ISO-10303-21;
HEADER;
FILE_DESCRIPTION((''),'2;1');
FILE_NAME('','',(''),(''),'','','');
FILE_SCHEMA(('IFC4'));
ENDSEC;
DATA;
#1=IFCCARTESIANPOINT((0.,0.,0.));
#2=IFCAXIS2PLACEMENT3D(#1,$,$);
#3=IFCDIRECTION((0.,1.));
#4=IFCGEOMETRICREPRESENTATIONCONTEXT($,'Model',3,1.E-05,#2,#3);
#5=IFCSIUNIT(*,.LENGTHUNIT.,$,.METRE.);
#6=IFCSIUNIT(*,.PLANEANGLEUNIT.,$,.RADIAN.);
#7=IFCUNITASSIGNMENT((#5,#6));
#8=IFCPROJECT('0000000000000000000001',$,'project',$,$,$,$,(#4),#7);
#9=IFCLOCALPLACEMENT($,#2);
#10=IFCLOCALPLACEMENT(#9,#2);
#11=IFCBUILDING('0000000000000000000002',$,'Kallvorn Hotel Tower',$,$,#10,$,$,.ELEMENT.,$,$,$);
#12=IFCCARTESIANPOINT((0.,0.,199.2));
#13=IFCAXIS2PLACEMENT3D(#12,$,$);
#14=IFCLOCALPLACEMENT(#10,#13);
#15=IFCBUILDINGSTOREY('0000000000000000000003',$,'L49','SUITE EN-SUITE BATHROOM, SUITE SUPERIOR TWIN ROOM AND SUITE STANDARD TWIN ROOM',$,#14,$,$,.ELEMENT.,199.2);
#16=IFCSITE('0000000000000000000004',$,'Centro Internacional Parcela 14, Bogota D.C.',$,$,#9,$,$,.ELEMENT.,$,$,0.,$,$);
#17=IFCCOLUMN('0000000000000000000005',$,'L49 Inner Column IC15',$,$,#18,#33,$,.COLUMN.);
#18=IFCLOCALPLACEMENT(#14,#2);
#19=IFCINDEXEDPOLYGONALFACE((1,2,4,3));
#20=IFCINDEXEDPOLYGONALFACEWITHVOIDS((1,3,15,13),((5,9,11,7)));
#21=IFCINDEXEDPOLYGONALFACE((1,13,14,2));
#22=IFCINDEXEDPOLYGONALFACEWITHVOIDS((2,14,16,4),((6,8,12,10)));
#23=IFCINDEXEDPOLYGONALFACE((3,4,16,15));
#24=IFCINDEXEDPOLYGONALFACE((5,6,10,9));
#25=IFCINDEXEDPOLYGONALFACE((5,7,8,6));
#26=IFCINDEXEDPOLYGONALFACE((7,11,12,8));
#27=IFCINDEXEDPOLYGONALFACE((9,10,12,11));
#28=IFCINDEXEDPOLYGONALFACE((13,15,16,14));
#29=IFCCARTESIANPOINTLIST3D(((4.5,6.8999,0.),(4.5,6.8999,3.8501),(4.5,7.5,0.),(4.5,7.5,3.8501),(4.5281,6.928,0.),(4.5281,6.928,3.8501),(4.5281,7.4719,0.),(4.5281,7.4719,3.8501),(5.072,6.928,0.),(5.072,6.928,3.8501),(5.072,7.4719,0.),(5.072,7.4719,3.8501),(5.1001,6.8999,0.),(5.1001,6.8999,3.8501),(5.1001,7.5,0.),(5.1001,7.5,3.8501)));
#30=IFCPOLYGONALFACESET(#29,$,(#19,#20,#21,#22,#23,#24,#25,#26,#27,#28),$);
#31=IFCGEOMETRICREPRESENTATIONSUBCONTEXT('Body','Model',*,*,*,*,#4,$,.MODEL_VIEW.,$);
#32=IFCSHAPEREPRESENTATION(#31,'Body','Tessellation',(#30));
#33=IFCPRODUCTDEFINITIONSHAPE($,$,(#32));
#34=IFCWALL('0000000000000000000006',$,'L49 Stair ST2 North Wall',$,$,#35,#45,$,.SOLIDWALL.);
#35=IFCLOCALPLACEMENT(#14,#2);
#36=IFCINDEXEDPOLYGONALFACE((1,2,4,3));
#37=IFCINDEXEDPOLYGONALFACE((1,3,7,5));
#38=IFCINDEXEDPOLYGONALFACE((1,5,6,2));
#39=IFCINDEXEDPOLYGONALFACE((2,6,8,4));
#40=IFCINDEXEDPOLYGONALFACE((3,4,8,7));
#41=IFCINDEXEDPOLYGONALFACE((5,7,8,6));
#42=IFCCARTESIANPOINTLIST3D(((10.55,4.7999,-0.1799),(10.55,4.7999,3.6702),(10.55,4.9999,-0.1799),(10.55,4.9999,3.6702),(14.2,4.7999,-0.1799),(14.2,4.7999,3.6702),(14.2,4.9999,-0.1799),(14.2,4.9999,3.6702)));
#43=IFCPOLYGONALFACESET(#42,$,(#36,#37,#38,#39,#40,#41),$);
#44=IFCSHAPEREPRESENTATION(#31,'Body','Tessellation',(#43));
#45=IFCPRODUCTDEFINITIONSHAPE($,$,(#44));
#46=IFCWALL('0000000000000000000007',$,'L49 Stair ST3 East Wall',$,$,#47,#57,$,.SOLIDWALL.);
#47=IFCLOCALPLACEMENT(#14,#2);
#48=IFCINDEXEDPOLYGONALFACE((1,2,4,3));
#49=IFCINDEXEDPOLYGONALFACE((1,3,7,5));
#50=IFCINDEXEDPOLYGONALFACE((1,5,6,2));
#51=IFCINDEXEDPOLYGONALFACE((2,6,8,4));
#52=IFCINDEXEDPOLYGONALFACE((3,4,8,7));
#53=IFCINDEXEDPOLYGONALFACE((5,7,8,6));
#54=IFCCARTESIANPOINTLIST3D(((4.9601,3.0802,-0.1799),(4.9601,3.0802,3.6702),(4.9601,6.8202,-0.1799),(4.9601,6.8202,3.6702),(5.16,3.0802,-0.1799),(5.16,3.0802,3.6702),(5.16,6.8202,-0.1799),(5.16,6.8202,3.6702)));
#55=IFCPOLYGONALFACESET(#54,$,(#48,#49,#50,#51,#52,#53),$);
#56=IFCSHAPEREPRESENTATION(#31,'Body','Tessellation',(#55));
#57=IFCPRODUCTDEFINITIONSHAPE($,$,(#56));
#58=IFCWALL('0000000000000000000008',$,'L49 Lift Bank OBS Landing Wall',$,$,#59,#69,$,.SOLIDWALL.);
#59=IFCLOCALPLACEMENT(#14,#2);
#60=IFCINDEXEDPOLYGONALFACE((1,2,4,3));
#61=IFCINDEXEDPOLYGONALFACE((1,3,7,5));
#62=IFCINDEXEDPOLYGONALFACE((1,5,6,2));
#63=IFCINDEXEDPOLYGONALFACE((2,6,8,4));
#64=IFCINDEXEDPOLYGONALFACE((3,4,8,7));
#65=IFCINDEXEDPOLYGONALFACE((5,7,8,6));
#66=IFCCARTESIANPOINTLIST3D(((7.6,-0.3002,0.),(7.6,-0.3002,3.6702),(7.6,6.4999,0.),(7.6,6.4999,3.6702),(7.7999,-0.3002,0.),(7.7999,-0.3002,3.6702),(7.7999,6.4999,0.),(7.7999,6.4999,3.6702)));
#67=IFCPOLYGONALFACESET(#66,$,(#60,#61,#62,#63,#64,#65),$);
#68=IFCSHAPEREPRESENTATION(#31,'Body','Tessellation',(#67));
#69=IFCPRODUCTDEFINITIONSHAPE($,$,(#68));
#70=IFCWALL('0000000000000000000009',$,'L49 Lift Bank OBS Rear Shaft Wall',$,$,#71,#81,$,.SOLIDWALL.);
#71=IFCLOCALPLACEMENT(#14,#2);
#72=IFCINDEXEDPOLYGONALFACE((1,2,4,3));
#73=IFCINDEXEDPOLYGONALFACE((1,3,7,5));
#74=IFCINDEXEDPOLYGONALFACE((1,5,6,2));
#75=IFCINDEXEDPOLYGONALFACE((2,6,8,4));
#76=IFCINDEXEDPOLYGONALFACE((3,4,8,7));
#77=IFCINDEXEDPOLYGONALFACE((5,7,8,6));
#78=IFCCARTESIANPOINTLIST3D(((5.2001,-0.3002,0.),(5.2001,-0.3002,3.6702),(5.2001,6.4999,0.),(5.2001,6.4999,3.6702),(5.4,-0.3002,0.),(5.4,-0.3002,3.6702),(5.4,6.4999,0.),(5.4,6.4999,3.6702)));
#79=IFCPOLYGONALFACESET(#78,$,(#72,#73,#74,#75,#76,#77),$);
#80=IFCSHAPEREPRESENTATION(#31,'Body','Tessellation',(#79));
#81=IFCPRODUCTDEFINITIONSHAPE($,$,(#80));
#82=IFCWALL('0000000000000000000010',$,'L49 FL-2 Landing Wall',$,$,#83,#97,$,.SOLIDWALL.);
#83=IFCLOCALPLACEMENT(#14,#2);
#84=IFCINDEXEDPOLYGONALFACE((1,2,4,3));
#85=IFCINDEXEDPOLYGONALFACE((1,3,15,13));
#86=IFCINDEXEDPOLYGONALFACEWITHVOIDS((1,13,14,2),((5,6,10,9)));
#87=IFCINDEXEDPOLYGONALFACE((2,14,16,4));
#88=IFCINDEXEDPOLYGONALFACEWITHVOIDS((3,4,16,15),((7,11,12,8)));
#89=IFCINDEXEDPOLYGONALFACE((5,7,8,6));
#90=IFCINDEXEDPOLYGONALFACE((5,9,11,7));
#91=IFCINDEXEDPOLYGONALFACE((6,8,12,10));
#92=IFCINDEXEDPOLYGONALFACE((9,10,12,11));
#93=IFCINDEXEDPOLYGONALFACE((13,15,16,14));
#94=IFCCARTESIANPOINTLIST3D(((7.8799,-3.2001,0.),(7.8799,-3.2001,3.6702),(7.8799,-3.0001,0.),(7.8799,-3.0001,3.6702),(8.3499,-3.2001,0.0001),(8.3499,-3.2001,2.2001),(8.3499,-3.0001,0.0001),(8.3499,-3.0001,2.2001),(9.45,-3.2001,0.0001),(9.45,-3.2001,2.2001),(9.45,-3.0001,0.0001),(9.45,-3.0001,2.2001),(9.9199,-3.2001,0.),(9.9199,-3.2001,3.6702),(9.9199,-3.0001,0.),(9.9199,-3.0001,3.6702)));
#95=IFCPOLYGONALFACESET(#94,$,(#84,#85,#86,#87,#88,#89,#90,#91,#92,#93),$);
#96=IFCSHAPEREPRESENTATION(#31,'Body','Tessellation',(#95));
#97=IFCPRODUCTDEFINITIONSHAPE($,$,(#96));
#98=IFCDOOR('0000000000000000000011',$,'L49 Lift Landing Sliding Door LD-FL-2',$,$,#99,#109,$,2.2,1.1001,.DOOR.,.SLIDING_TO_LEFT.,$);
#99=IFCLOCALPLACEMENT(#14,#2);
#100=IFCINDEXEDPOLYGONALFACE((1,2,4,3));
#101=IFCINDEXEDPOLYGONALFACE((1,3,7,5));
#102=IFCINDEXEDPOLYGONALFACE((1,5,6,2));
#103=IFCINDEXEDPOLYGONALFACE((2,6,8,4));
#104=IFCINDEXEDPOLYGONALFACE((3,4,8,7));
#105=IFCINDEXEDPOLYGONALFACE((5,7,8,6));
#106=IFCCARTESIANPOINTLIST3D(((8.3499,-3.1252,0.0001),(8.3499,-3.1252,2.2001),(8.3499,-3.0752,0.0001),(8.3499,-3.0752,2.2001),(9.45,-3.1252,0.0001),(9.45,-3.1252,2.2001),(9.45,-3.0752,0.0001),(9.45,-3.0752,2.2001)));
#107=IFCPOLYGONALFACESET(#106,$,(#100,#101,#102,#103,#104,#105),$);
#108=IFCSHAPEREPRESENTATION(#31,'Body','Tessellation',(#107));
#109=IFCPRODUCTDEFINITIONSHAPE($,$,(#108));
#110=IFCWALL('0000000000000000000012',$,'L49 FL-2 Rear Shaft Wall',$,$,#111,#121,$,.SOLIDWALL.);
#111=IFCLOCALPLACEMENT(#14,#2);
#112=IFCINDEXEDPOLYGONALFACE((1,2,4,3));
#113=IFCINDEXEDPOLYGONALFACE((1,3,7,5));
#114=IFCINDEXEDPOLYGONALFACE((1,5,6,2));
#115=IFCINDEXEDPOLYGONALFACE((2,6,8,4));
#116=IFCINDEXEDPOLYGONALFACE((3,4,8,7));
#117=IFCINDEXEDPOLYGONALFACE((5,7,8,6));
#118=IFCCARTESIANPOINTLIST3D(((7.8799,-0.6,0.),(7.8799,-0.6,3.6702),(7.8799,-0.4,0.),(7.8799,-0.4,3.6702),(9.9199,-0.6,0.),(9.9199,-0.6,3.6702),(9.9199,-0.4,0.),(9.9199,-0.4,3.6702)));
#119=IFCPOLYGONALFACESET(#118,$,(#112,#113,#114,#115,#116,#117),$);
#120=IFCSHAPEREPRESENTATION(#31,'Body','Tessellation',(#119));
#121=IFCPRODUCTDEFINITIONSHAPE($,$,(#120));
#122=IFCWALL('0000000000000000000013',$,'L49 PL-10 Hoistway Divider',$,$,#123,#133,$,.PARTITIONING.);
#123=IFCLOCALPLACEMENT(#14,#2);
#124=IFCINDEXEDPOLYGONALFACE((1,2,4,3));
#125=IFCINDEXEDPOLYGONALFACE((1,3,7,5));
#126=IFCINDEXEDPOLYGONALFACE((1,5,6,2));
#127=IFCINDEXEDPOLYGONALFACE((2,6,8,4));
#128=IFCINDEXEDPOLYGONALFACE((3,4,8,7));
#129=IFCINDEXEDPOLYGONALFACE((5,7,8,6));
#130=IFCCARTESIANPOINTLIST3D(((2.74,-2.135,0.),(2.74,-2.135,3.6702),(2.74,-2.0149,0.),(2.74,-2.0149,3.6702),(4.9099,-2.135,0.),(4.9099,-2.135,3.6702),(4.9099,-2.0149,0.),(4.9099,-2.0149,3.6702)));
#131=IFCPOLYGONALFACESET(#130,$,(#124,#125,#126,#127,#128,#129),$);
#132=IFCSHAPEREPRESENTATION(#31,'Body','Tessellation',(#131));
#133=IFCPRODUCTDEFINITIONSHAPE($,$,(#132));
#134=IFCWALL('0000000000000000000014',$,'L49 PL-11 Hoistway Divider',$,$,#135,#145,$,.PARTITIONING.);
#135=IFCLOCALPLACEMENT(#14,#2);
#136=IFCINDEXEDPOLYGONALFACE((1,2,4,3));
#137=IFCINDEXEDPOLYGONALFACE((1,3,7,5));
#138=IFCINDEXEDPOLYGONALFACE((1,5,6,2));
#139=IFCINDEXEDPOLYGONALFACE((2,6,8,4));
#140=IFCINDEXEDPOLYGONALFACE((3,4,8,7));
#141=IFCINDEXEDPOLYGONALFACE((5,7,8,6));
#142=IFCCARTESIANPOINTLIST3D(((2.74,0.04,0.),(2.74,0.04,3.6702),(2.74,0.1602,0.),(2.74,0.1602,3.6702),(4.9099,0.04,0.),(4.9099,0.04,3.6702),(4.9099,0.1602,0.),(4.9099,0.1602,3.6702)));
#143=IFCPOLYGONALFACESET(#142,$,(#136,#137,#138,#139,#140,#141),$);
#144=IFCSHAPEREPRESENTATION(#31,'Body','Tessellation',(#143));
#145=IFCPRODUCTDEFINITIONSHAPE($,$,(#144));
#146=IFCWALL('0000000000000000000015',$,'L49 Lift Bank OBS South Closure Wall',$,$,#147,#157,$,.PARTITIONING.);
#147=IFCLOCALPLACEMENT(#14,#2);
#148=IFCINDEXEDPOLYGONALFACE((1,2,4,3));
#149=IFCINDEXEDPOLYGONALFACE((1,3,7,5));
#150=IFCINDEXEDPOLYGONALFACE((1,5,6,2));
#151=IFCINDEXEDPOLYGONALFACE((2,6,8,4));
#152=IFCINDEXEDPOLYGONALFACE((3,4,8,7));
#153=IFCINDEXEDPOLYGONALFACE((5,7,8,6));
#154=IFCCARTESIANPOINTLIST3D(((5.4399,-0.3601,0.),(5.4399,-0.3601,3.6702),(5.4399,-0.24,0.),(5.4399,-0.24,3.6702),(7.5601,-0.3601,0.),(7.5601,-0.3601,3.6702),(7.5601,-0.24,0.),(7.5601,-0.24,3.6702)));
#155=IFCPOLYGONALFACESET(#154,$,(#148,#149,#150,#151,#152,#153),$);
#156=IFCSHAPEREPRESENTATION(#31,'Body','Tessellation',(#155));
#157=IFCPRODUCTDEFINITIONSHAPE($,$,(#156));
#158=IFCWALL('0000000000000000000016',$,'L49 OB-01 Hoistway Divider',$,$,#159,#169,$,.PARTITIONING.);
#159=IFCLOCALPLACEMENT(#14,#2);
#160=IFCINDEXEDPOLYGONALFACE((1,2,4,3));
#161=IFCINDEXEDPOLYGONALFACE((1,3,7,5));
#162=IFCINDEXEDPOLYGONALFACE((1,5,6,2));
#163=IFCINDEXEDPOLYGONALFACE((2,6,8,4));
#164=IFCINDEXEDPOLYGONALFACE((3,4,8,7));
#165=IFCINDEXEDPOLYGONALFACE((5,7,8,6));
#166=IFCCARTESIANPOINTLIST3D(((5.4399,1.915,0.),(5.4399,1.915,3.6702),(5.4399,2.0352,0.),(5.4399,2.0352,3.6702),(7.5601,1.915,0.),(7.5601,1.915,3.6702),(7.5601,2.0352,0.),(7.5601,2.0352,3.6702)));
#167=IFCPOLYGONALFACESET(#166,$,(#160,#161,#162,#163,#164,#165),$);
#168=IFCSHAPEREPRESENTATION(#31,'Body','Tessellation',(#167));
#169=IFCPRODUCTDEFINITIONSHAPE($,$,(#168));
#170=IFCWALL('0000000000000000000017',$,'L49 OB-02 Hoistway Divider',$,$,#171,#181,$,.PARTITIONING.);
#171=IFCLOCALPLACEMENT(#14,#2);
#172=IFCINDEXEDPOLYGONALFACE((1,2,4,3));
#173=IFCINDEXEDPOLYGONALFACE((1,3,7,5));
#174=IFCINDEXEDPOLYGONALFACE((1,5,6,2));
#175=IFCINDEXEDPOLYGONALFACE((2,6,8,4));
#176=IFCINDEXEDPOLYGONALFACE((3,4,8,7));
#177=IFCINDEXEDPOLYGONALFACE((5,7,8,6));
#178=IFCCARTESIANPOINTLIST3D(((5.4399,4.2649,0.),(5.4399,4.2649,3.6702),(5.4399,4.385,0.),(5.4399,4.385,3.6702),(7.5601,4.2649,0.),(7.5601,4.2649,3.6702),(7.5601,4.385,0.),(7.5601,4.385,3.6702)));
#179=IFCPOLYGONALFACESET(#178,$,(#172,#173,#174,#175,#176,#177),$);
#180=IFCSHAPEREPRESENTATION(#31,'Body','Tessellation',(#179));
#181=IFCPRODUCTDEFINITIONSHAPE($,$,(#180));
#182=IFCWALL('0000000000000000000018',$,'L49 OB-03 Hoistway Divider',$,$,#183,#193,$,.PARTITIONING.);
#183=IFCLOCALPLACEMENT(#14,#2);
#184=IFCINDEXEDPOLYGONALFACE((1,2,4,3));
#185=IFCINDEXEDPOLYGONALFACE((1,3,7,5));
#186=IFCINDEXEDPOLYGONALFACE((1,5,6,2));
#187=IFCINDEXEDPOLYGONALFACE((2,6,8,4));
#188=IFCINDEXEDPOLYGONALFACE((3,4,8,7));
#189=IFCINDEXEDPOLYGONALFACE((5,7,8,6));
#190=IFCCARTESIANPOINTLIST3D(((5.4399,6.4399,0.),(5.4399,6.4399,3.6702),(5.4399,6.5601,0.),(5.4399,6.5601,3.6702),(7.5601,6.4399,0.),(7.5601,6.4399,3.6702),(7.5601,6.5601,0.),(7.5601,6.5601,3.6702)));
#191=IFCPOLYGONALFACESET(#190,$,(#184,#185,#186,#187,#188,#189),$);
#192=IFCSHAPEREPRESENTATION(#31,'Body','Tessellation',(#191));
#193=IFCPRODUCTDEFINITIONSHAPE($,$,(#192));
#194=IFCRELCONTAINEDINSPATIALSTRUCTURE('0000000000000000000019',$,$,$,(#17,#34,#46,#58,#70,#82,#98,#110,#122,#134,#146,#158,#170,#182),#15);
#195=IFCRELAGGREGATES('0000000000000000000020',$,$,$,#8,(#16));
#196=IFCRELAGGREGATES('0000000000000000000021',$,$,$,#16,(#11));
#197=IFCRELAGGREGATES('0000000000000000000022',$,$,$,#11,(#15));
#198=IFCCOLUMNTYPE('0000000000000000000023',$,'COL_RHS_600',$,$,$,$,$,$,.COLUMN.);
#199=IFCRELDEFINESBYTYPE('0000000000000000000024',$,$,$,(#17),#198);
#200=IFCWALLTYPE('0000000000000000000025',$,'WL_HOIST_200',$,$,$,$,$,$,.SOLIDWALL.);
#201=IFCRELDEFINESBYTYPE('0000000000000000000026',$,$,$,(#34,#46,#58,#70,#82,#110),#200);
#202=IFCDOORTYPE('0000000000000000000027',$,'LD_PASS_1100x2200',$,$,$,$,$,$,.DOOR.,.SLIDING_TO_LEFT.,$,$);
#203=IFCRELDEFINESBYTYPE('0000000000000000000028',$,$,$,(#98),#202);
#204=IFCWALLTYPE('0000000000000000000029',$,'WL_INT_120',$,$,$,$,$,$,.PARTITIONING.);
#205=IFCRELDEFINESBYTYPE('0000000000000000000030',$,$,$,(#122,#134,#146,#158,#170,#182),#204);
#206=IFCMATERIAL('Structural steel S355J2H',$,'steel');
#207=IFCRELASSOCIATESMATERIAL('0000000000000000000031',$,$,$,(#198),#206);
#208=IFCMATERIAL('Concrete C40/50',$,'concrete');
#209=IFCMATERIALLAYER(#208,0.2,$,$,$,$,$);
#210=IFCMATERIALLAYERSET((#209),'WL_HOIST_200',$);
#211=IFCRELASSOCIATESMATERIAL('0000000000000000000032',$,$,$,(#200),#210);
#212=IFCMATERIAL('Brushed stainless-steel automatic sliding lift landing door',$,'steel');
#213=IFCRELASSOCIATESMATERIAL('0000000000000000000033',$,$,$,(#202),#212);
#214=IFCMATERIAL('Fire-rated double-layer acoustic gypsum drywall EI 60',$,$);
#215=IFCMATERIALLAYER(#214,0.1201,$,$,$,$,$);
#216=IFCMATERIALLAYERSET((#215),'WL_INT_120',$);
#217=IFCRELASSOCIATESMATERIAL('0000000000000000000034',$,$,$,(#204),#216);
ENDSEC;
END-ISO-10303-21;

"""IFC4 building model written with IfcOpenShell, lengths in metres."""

from ifc_helpers import new_model, si_unit, direction, frame, frame_2d, origin, origin_2d, place, context, subcontext, project, spatial, rectangle, hollow_rectangle, extrude, material, layer, layer_set, material_profile, profile_set, type_object, element, fill, save


model = new_model("IFC4")

# Units and contexts
model_context = context("Model", 3, precision=1e-05, world=origin(), true_north=direction((0.0, 1.0)))
body_context = subcontext(model_context, "Body", "Model", "MODEL_VIEW")
ifc_project = project(units=[si_unit("LENGTHUNIT", "METRE"), si_unit("PLANEANGLEUNIT", "RADIAN")], contexts=[model_context])

# Site, building, storey
site_placement = place(None, origin())
site = spatial("IfcSite", under=ifc_project, at=site_placement, Name="Centro Internacional Parcela 14, Bogota D.C.", CompositionType="ELEMENT", RefElevation=0.0)
building_placement = place(site_placement, origin())
building = spatial("IfcBuilding", under=site, at=building_placement, Name="Kallvorn Hotel Tower", CompositionType="ELEMENT")
storey_placement = place(building_placement, frame((0.0, 0.0, 199.2)))
storey = spatial("IfcBuildingStorey", under=building, at=storey_placement, Name="L49", Description="SUITE EN-SUITE BATHROOM, SUITE SUPERIOR TWIN ROOM AND SUITE STANDARD TWIN ROOM", CompositionType="ELEMENT", Elevation=199.2)

# Column
ifc_material_1 = material(Name="Structural steel S355J2H", Category="steel")
ifc_material_profile = material_profile(ifc_material_1, hollow_rectangle(XDim=0.6001, YDim=0.6001, WallThickness=0.0281, at=origin_2d()), Name="RHS 600x600x28")
ifc_profile_set = profile_set([ifc_material_profile], Name="Structural steel S355J2H")
column_type = type_object("IfcColumnType", Name="COL_RHS_600", PredefinedType="COLUMN", material=ifc_profile_set)
column_placement = place(storey_placement, frame((4.8, 7.2, 0.0), z_axis=(0.0, 0.0, 1.0), x_axis=(1.0, 0.0, 0.0)))
element("IfcColumn", 1, at=column_placement, inside=storey, type_object=column_type, Name="L49 Inner Column IC15", PredefinedType="COLUMN", context=body_context, shape_type="SweptSolid", body=[
    extrude(hollow_rectangle(XDim=0.6001, YDim=0.6001, WallThickness=0.0281, at=origin_2d()), origin(), (0.0, 0.0, 1.0), 3.8501),
])

# Walls
ifc_material_2 = material(Name="Concrete C40/50", Category="concrete")
ifc_layer_1 = layer(ifc_material_2, 0.2)
ifc_layer_set_1 = layer_set([ifc_layer_1], Name="WL_HOIST_200")
wall_type_1 = type_object("IfcWallType", Name="WL_HOIST_200", PredefinedType="SOLIDWALL", material=ifc_layer_set_1)
wall_1_placement = place(storey_placement, frame((10.55, 4.8999, -0.1799), z_axis=(0.0, 0.0, 1.0), x_axis=(1.0, 0.0, 0.0)))
element("IfcWall", 2, at=wall_1_placement, inside=storey, type_object=wall_type_1, Name="L49 Stair ST2 North Wall", PredefinedType="SOLIDWALL", context=body_context, shape_type="SweptSolid", body=[
    extrude(rectangle(XDim=3.6499, YDim=0.2, at=frame_2d((1.825, 0.0))), origin(), (0.0, 0.0, 1.0), 3.8501),
])
wall_2_placement = place(storey_placement, frame((5.0601, 3.0801, -0.1799), z_axis=(0.0, 0.0, 1.0), x_axis=(0.0, 1.0, 0.0)))
element("IfcWall", 3, at=wall_2_placement, inside=storey, type_object=wall_type_1, Name="L49 Stair ST3 East Wall", PredefinedType="SOLIDWALL", context=body_context, shape_type="SweptSolid", body=[
    extrude(rectangle(XDim=3.74, YDim=0.2, at=frame_2d((1.8701, 0.0))), origin(), (0.0, 0.0, 1.0), 3.8501),
])
for number, where, z_axis, x_axis, name in (
    (4, (7.7, -0.3, 0.0), (0.0, 0.0, 1.0), (0.0, 1.0, 0.0), "L49 Lift Bank OBS Landing Wall"),
    (5, (5.3, -0.3, 0.0), (0.0, 0.0, 1.0), (0.0, 1.0, 0.0), "L49 Lift Bank OBS Rear Shaft Wall"),
):
    element("IfcWall", number, at=place(storey_placement, frame(where, z_axis=z_axis, x_axis=x_axis)), inside=storey, type_object=wall_type_1, Name=name, PredefinedType="SOLIDWALL", context=body_context, shape_type="SweptSolid", body=[
        extrude(rectangle(XDim=6.8, YDim=0.2, at=frame_2d((3.3999, 0.0))), origin(), (0.0, 0.0, 1.0), 3.6702),
    ])

# Wall, opening, door
wall_3_placement = place(storey_placement, frame((7.8799, -3.1001, 0.0), z_axis=(0.0, 0.0, 1.0), x_axis=(1.0, 0.0, 0.0)))
wall_3 = element("IfcWall", 6, at=wall_3_placement, inside=storey, type_object=wall_type_1, Name="L49 FL-2 Landing Wall", PredefinedType="SOLIDWALL", context=body_context, shape_type="SweptSolid", body=[
    extrude(rectangle(XDim=2.04, YDim=0.2, at=frame_2d((1.02, 0.0))), origin(), (0.0, 0.0, 1.0), 3.6702),
])
opening_1_placement = place(wall_3_placement, frame((0.47, 0.0, 0.0)))
opening_1 = element("IfcOpeningElement", 7, at=opening_1_placement, cuts=wall_3, PredefinedType="OPENING", context=body_context, shape_type="SweptSolid", body=[
    extrude(rectangle(XDim=1.1001, YDim=2.2, at=frame_2d((0.55, 1.1001))), frame((0.0, 0.115, 0.0), z_axis=(0.0, -1.0, 0.0), x_axis=(1.0, 0.0, 0.0)), (0.0, 0.0, 1.0), 0.23),
])
ifc_material_3 = material(Name="Brushed stainless-steel automatic sliding lift landing door", Category="steel")
door_type_1 = type_object("IfcDoorType", Name="LD_PASS_1100x2200", OperationType="SLIDING_TO_LEFT", PredefinedType="DOOR", material=ifc_material_3)
door_1_placement = place(opening_1_placement, origin())
door_1 = element("IfcDoor", 8, at=door_1_placement, inside=storey, type_object=door_type_1, Name="L49 Lift Landing Sliding Door LD-FL-2", OperationType="SLIDING_TO_LEFT", OverallHeight=2.2, OverallWidth=1.1001, PredefinedType="DOOR", context=body_context, shape_type="SweptSolid", body=[
    extrude(rectangle(XDim=1.1001, YDim=2.2, at=frame_2d((0.55, 1.1001))), frame((0.0, 0.0249, 0.0), z_axis=(0.0, -1.0, 0.0), x_axis=(1.0, 0.0, 0.0)), (0.0, 0.0, 1.0), 0.05),
])
fill(opening_1, door_1)

# Walls
wall_4_placement = place(storey_placement, frame((7.8799, -0.5, 0.0), z_axis=(0.0, 0.0, 1.0), x_axis=(1.0, 0.0, 0.0)))
element("IfcWall", 9, at=wall_4_placement, inside=storey, type_object=wall_type_1, Name="L49 FL-2 Rear Shaft Wall", PredefinedType="SOLIDWALL", context=body_context, shape_type="SweptSolid", body=[
    extrude(rectangle(XDim=2.04, YDim=0.2, at=frame_2d((1.02, 0.0))), origin(), (0.0, 0.0, 1.0), 3.6702),
])
ifc_material_4 = material(Name="Fire-rated double-layer acoustic gypsum drywall EI 60")
ifc_layer_2 = layer(ifc_material_4, 0.1201)
ifc_layer_set_2 = layer_set([ifc_layer_2], Name="WL_INT_120")
wall_type_2 = type_object("IfcWallType", Name="WL_INT_120", PredefinedType="PARTITIONING", material=ifc_layer_set_2)
for number, where, z_axis, x_axis, name in (
    (10, (2.74, -2.075, 0.0), (0.0, 0.0, 1.0), (1.0, 0.0, 0.0), "L49 PL-10 Hoistway Divider"),
    (11, (2.74, 0.1001, 0.0), (0.0, 0.0, 1.0), (1.0, 0.0, 0.0), "L49 PL-11 Hoistway Divider"),
):
    element("IfcWall", number, at=place(storey_placement, frame(where, z_axis=z_axis, x_axis=x_axis)), inside=storey, type_object=wall_type_2, Name=name, PredefinedType="PARTITIONING", context=body_context, shape_type="SweptSolid", body=[
        extrude(rectangle(XDim=2.1699, YDim=0.1201, at=frame_2d((1.085, 0.0))), origin(), (0.0, 0.0, 1.0), 3.6702),
    ])
for number, where, z_axis, x_axis, name in (
    (12, (5.4399, -0.3, 0.0), (0.0, 0.0, 1.0), (1.0, 0.0, 0.0), "L49 Lift Bank OBS South Closure Wall"),
    (13, (5.4399, 1.9751, 0.0), (0.0, 0.0, 1.0), (1.0, 0.0, 0.0), "L49 OB-01 Hoistway Divider"),
    (14, (5.4399, 4.325, 0.0), (0.0, 0.0, 1.0), (1.0, 0.0, 0.0), "L49 OB-02 Hoistway Divider"),
    (15, (5.4399, 6.5, 0.0), (0.0, 0.0, 1.0), (1.0, 0.0, 0.0), "L49 OB-03 Hoistway Divider"),
):
    element("IfcWall", number, at=place(storey_placement, frame(where, z_axis=z_axis, x_axis=x_axis)), inside=storey, type_object=wall_type_2, Name=name, PredefinedType="PARTITIONING", context=body_context, shape_type="SweptSolid", body=[
        extrude(rectangle(XDim=2.1201, YDim=0.1201, at=frame_2d((1.0601, 0.0))), origin(), (0.0, 0.0, 1.0), 3.6702),
    ])

save(model, "model.ifc")
